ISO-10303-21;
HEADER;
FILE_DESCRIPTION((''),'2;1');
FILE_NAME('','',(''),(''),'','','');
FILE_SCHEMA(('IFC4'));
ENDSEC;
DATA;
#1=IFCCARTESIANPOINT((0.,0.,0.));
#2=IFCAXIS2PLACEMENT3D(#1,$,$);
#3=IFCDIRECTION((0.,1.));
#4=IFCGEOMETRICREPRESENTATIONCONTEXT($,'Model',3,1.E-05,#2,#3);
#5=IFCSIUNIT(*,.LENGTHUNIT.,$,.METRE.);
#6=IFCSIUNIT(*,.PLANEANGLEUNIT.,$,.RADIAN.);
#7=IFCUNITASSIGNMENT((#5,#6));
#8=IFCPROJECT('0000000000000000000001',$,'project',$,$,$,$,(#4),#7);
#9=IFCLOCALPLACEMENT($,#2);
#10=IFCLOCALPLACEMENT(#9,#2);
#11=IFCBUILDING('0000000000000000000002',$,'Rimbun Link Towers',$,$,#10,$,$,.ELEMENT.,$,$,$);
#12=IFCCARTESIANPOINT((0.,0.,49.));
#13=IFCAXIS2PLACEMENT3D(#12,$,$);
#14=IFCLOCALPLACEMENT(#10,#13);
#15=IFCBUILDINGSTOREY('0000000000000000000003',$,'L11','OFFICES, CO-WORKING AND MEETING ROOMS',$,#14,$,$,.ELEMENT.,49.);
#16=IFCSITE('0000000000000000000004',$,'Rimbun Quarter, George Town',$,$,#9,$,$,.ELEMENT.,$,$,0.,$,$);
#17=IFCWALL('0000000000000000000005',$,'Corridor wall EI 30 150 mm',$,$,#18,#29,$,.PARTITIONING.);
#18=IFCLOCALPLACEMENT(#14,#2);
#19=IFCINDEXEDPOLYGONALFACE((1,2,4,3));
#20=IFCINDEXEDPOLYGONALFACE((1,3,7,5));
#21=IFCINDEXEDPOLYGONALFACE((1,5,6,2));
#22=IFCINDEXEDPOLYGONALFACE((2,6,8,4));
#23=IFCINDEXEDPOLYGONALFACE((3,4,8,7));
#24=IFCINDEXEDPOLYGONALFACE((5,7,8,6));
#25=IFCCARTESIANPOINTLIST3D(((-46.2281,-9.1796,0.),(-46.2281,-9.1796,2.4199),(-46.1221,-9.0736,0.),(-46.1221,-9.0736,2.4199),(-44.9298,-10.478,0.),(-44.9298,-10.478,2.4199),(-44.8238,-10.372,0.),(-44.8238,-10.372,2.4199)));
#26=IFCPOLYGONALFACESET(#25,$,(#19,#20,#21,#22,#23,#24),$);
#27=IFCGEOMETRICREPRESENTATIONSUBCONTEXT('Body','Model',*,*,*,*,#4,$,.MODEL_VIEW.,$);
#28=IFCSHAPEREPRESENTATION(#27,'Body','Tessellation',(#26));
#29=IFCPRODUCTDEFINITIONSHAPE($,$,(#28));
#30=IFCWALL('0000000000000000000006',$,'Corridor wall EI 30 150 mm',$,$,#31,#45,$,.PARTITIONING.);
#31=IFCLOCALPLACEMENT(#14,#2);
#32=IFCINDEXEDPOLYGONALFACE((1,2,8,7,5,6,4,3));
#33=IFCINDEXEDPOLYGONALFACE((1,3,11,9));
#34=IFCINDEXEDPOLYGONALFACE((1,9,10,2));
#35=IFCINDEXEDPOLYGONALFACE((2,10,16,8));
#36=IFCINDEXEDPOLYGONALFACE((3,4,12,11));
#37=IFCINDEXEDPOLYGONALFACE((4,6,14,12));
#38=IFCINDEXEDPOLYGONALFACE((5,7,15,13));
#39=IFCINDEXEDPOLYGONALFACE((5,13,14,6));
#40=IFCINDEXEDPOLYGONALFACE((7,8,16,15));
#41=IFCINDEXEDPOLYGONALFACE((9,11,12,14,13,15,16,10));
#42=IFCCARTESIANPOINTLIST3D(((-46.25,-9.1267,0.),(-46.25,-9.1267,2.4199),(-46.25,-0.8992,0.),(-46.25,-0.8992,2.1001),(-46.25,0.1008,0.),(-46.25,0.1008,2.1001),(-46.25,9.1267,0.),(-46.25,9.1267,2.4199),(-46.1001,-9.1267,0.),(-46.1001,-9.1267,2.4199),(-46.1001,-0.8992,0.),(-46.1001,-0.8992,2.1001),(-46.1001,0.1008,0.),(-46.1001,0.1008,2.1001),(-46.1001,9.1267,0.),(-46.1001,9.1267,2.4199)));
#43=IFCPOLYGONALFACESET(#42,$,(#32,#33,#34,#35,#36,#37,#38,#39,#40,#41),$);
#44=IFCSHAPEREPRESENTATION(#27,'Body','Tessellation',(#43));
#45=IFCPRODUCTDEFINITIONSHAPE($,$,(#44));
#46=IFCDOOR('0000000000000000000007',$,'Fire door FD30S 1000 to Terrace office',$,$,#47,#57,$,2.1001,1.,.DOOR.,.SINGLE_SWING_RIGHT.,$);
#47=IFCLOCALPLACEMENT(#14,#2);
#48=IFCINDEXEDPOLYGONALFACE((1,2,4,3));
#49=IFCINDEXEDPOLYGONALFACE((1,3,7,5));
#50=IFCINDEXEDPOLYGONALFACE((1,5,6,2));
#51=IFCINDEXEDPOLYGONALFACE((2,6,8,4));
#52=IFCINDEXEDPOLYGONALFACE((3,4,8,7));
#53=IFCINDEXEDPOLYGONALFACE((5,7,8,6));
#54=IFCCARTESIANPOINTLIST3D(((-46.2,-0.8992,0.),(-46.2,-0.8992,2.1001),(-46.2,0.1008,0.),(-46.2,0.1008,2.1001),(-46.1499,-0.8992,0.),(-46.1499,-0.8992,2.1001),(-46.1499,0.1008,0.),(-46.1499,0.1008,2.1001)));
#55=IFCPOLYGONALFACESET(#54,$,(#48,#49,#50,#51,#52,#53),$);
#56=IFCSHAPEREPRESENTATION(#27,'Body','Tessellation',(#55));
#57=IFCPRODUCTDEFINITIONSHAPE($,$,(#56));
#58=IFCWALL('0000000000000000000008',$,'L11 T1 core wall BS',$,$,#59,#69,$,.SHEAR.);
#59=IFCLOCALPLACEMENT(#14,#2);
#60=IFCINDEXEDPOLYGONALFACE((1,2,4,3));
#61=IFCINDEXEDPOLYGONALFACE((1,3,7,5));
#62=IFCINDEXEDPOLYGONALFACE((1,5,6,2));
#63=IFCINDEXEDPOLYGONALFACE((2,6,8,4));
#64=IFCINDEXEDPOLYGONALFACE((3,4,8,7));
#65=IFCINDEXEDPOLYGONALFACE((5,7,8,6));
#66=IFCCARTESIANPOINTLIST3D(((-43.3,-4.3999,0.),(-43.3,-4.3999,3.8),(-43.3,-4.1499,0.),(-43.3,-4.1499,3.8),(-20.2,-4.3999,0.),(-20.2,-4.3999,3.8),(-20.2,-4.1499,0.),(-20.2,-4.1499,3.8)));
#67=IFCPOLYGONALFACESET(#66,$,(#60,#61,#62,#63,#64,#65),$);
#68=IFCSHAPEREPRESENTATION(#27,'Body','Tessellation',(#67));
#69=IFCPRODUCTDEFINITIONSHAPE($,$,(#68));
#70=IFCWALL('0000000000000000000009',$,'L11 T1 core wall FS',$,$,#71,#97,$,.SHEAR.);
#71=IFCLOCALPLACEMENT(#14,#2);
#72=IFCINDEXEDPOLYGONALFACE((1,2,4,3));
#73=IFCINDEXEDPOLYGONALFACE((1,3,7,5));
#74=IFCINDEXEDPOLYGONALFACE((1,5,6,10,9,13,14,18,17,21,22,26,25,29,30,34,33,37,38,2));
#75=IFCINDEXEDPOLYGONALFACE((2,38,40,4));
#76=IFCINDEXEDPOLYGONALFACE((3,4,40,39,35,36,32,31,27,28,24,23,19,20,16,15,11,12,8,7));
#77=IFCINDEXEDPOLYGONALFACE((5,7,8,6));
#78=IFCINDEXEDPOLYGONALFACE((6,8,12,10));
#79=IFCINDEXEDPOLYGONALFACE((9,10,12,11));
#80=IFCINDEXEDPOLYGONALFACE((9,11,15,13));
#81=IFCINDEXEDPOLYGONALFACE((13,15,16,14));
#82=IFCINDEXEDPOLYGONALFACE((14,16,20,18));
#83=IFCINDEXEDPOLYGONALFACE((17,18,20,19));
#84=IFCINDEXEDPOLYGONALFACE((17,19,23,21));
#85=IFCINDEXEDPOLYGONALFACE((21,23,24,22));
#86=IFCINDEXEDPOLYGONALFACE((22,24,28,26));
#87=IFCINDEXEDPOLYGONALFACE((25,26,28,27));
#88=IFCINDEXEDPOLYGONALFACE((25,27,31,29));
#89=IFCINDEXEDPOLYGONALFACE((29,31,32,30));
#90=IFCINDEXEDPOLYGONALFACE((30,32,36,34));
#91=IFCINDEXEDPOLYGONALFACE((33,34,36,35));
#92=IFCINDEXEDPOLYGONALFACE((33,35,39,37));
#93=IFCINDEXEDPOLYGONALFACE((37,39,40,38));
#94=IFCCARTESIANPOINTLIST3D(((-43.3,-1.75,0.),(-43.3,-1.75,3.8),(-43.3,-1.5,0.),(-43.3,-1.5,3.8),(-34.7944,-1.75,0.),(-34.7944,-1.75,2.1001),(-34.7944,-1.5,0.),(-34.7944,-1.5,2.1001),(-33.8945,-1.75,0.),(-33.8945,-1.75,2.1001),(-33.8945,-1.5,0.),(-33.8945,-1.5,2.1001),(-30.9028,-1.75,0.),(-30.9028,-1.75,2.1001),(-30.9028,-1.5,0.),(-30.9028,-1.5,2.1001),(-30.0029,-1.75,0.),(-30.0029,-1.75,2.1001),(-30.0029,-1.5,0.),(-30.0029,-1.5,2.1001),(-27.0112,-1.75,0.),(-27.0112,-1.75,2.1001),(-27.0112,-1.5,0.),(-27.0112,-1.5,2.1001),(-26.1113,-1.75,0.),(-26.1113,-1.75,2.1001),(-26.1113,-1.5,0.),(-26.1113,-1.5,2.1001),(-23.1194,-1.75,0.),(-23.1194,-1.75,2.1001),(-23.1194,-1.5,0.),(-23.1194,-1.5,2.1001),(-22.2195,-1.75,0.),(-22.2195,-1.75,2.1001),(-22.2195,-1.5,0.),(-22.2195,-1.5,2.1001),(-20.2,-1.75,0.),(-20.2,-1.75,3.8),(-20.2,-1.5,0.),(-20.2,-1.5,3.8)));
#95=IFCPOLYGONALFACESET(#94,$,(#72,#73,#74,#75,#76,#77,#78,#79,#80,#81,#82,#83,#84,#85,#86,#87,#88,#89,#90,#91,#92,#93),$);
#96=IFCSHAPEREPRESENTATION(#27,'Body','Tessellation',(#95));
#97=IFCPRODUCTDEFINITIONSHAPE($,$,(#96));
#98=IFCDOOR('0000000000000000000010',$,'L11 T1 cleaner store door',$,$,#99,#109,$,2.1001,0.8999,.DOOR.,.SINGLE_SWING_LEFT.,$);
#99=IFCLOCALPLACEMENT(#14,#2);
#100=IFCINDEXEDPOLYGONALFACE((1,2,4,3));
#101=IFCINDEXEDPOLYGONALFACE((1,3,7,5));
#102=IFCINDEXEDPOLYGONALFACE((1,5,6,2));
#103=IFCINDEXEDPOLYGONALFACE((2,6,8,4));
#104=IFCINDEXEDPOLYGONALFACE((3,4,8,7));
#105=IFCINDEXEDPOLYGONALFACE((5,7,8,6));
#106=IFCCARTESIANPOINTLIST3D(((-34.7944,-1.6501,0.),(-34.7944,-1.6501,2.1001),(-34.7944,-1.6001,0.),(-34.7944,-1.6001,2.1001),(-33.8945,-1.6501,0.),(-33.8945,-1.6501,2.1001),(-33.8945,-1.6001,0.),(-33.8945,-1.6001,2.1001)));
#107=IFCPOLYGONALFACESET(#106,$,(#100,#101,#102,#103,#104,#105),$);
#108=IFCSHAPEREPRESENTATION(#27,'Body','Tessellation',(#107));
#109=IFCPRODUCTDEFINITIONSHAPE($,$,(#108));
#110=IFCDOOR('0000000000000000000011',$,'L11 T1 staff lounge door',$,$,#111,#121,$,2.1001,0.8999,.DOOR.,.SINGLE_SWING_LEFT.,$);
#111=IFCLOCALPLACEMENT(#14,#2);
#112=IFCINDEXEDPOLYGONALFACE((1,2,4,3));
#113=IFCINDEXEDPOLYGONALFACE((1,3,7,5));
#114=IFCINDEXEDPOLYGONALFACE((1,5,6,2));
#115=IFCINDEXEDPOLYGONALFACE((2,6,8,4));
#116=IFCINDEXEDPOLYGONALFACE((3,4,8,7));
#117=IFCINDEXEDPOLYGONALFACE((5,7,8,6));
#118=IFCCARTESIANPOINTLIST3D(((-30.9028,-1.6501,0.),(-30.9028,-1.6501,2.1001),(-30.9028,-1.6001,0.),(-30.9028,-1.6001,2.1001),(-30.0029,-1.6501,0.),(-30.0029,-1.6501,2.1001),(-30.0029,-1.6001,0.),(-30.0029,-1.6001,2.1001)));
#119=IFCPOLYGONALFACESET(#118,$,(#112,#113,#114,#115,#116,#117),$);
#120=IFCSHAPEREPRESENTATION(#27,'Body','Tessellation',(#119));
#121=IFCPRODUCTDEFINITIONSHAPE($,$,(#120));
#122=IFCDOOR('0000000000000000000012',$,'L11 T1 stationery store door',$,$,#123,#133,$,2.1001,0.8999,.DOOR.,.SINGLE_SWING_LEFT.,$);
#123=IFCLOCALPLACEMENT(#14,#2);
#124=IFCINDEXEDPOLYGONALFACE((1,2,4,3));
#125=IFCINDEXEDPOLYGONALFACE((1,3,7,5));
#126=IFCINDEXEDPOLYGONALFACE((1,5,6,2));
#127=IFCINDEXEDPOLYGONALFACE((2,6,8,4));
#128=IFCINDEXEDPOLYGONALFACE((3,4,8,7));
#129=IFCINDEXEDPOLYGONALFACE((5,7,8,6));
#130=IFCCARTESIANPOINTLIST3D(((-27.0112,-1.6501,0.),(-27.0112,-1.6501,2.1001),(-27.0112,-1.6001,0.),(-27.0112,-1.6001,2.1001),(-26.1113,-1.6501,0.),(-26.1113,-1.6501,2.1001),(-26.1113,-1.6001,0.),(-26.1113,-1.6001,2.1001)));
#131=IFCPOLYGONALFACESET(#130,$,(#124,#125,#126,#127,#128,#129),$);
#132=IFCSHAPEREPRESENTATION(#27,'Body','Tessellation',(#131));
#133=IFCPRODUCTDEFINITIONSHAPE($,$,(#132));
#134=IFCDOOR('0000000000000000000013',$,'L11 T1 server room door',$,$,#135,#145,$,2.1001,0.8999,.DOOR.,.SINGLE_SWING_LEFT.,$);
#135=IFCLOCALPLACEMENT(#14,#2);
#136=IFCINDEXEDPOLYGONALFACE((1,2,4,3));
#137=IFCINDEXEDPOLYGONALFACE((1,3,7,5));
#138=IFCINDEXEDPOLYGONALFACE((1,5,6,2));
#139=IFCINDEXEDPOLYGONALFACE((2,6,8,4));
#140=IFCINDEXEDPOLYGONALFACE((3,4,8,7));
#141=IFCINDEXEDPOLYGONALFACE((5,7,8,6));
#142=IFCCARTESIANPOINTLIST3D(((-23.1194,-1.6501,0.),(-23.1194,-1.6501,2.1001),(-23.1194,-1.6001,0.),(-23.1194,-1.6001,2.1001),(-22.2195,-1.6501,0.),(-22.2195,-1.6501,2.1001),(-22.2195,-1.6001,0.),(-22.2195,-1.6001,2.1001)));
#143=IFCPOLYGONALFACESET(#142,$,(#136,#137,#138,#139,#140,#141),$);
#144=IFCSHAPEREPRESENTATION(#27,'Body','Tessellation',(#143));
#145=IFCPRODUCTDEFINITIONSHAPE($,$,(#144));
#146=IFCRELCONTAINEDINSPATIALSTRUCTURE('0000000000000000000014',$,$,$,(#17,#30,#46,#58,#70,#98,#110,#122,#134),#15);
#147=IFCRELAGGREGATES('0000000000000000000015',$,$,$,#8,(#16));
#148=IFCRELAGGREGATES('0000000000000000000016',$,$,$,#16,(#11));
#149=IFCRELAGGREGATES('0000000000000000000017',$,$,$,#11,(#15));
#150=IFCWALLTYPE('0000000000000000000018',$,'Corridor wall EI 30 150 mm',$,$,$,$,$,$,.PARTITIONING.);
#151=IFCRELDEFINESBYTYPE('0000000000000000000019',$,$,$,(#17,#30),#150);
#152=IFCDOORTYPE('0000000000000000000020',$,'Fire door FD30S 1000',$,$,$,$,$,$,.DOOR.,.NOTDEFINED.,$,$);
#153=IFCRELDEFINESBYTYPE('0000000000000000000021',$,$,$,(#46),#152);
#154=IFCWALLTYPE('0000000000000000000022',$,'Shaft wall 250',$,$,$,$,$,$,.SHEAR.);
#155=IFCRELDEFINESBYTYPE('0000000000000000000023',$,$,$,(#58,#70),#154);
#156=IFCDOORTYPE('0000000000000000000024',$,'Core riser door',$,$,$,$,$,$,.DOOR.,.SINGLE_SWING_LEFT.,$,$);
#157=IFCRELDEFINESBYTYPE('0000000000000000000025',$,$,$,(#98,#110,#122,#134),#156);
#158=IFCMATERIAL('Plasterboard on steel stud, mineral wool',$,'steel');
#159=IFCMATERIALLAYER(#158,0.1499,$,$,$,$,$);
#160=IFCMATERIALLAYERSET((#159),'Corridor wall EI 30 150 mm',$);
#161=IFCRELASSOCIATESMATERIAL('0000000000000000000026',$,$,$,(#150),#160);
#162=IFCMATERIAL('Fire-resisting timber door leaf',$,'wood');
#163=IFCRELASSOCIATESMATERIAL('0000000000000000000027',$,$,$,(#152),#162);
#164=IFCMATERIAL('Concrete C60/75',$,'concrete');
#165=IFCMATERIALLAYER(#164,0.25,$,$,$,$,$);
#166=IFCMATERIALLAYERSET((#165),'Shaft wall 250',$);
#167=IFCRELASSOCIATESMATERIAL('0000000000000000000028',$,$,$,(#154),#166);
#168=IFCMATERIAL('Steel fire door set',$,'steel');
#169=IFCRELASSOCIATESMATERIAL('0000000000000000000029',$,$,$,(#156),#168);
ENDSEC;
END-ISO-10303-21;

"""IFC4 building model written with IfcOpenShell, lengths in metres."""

from ifc_helpers import new_model, si_unit, direction, frame, frame_2d, origin, place, context, subcontext, project, spatial, rectangle, extrude, material, layer, layer_set, type_object, element, fill, save


model = new_model("IFC4")

# Units and contexts
model_context = context("Model", 3, precision=1e-05, world=origin(), true_north=direction((0.0, 1.0)))
body_context = subcontext(model_context, "Body", "Model", "MODEL_VIEW")
ifc_project = project(units=[si_unit("LENGTHUNIT", "METRE"), si_unit("PLANEANGLEUNIT", "RADIAN")], contexts=[model_context])

# Site, building, storey
site_placement = place(None, origin())
site = spatial("IfcSite", under=ifc_project, at=site_placement, Name="Rimbun Quarter, George Town", CompositionType="ELEMENT", RefElevation=0.0)
building_placement = place(site_placement, origin())
building = spatial("IfcBuilding", under=site, at=building_placement, Name="Rimbun Link Towers", CompositionType="ELEMENT")
storey_placement = place(building_placement, frame((0.0, 0.0, 49.0)))
storey = spatial("IfcBuildingStorey", under=building, at=storey_placement, Name="L11", Description="OFFICES, CO-WORKING AND MEETING ROOMS", CompositionType="ELEMENT", Elevation=49.0)

# Wall
ifc_material_1 = material(Name="Plasterboard on steel stud, mineral wool", Category="steel")
ifc_layer_1 = layer(ifc_material_1, 0.1499)
ifc_layer_set_1 = layer_set([ifc_layer_1], Name="Corridor wall EI 30 150 mm")
wall_type_1 = type_object("IfcWallType", Name="Corridor wall EI 30 150 mm", PredefinedType="PARTITIONING", material=ifc_layer_set_1)
wall_1_placement = place(storey_placement, frame((-46.175, -9.1267, 0.0), z_axis=(0.0, 0.0, 1.0), x_axis=(0.707107, -0.707107, 0.0)))
element("IfcWall", 1, at=wall_1_placement, inside=storey, type_object=wall_type_1, Name="Corridor wall EI 30 150 mm", PredefinedType="PARTITIONING", context=body_context, shape_type="SweptSolid", body=[
    extrude(rectangle(XDim=1.8362, YDim=0.1499, at=frame_2d((0.918, 0.0))), origin(), (0.0, 0.0, 1.0), 2.4199),
])

# Wall, opening, door
wall_2_placement = place(storey_placement, frame((-46.175, -9.1267, 0.0), z_axis=(0.0, 0.0, 1.0), x_axis=(0.0, 1.0, 0.0)))
wall_2 = element("IfcWall", 2, at=wall_2_placement, inside=storey, type_object=wall_type_1, Name="Corridor wall EI 30 150 mm", PredefinedType="PARTITIONING", context=body_context, shape_type="SweptSolid", body=[
    extrude(rectangle(XDim=18.2534, YDim=0.1499, at=frame_2d((9.1267, 0.0))), origin(), (0.0, 0.0, 1.0), 2.4199),
])
opening_1_placement = place(wall_2_placement, frame((8.2275, 0.0, 0.0)))
opening_1 = element("IfcOpeningElement", 3, at=opening_1_placement, cuts=wall_2, PredefinedType="OPENING", context=body_context, shape_type="SweptSolid", body=[
    extrude(rectangle(XDim=1.0, YDim=2.1001, at=frame_2d((0.5, 1.05))), frame((0.0, 0.085, 0.0), z_axis=(0.0, -1.0, 0.0), x_axis=(1.0, 0.0, 0.0)), (0.0, 0.0, 1.0), 0.1699),
])
ifc_material_2 = material(Name="Fire-resisting timber door leaf", Category="wood")
door_type_1 = type_object("IfcDoorType", Name="Fire door FD30S 1000", OperationType="NOTDEFINED", PredefinedType="DOOR", material=ifc_material_2)
door_1_placement = place(opening_1_placement, origin())
door_1 = element("IfcDoor", 4, at=door_1_placement, inside=storey, type_object=door_type_1, Name="Fire door FD30S 1000 to Terrace office", OperationType="SINGLE_SWING_RIGHT", OverallHeight=2.1001, OverallWidth=1.0, PredefinedType="DOOR", context=body_context, shape_type="SweptSolid", body=[
    extrude(rectangle(XDim=1.0, YDim=2.1001, at=frame_2d((0.5, 1.05))), frame((0.0, 0.0249, 0.0), z_axis=(0.0, -1.0, 0.0), x_axis=(1.0, 0.0, 0.0)), (0.0, 0.0, 1.0), 0.05),
])
fill(opening_1, door_1)

# Wall
ifc_material_3 = material(Name="Concrete C60/75", Category="concrete")
ifc_layer_2 = layer(ifc_material_3, 0.25)
ifc_layer_set_2 = layer_set([ifc_layer_2], Name="Shaft wall 250")
wall_type_2 = type_object("IfcWallType", Name="Shaft wall 250", PredefinedType="SHEAR", material=ifc_layer_set_2)
wall_3_placement = place(storey_placement, frame((-43.3, -4.2749, 0.0), z_axis=(0.0, 0.0, 1.0), x_axis=(1.0, 0.0, 0.0)))
element("IfcWall", 5, at=wall_3_placement, inside=storey, type_object=wall_type_2, Name="L11 T1 core wall BS", PredefinedType="SHEAR", context=body_context, shape_type="SweptSolid", body=[
    extrude(rectangle(XDim=23.1001, YDim=0.25, at=frame_2d((11.55, 0.0))), origin(), (0.0, 0.0, 1.0), 3.8),
])

# Wall, openings, doors
wall_4_placement = place(storey_placement, frame((-43.3, -1.625, 0.0), z_axis=(0.0, 0.0, 1.0), x_axis=(1.0, 0.0, 0.0)))
wall_4 = element("IfcWall", 6, at=wall_4_placement, inside=storey, type_object=wall_type_2, Name="L11 T1 core wall FS", PredefinedType="SHEAR", context=body_context, shape_type="SweptSolid", body=[
    extrude(rectangle(XDim=23.1001, YDim=0.25, at=frame_2d((11.55, 0.0))), origin(), (0.0, 0.0, 1.0), 3.8),
])
opening_2_placement = place(wall_4_placement, frame((8.5056, 0.0, 0.0)))
opening_2 = element("IfcOpeningElement", 7, at=opening_2_placement, cuts=wall_4, PredefinedType="OPENING", context=body_context, shape_type="SweptSolid", body=[
    extrude(rectangle(XDim=0.8999, YDim=2.1001, at=frame_2d((0.45, 1.05))), frame((0.0, 0.135, 0.0), z_axis=(0.0, -1.0, 0.0), x_axis=(1.0, 0.0, 0.0)), (0.0, 0.0, 1.0), 0.27),
])
opening_3_placement = place(wall_4_placement, frame((12.3972, 0.0, 0.0)))
opening_3 = element("IfcOpeningElement", 8, at=opening_3_placement, cuts=wall_4, PredefinedType="OPENING", context=body_context, shape_type="SweptSolid", body=[
    extrude(rectangle(XDim=0.8999, YDim=2.1001, at=frame_2d((0.45, 1.05))), frame((0.0, 0.135, 0.0), z_axis=(0.0, -1.0, 0.0), x_axis=(1.0, 0.0, 0.0)), (0.0, 0.0, 1.0), 0.27),
])
opening_4_placement = place(wall_4_placement, frame((16.2888, 0.0, 0.0)))
opening_4 = element("IfcOpeningElement", 9, at=opening_4_placement, cuts=wall_4, PredefinedType="OPENING", context=body_context, shape_type="SweptSolid", body=[
    extrude(rectangle(XDim=0.8999, YDim=2.1001, at=frame_2d((0.45, 1.05))), frame((0.0, 0.135, 0.0), z_axis=(0.0, -1.0, 0.0), x_axis=(1.0, 0.0, 0.0)), (0.0, 0.0, 1.0), 0.27),
])
opening_5_placement = place(wall_4_placement, frame((20.1807, 0.0, 0.0)))
opening_5 = element("IfcOpeningElement", 10, at=opening_5_placement, cuts=wall_4, PredefinedType="OPENING", context=body_context, shape_type="SweptSolid", body=[
    extrude(rectangle(XDim=0.8999, YDim=2.1001, at=frame_2d((0.45, 1.05))), frame((0.0, 0.135, 0.0), z_axis=(0.0, -1.0, 0.0), x_axis=(1.0, 0.0, 0.0)), (0.0, 0.0, 1.0), 0.27),
])
ifc_material_4 = material(Name="Steel fire door set", Category="steel")
door_type_2 = type_object("IfcDoorType", Name="Core riser door", OperationType="SINGLE_SWING_LEFT", PredefinedType="DOOR", material=ifc_material_4)
door_2_placement = place(opening_2_placement, origin())
door_2 = element("IfcDoor", 11, at=door_2_placement, inside=storey, type_object=door_type_2, Name="L11 T1 cleaner store door", OperationType="SINGLE_SWING_LEFT", OverallHeight=2.1001, OverallWidth=0.8999, PredefinedType="DOOR", context=body_context, shape_type="SweptSolid", body=[
    extrude(rectangle(XDim=0.8999, YDim=2.1001, at=frame_2d((0.45, 1.05))), frame((0.0, 0.0249, 0.0), z_axis=(0.0, -1.0, 0.0), x_axis=(1.0, 0.0, 0.0)), (0.0, 0.0, 1.0), 0.05),
])
fill(opening_2, door_2)
door_3_placement = place(opening_3_placement, origin())
door_3 = element("IfcDoor", 12, at=door_3_placement, inside=storey, type_object=door_type_2, Name="L11 T1 staff lounge door", OperationType="SINGLE_SWING_LEFT", OverallHeight=2.1001, OverallWidth=0.8999, PredefinedType="DOOR", context=body_context, shape_type="SweptSolid", body=[
    extrude(rectangle(XDim=0.8999, YDim=2.1001, at=frame_2d((0.45, 1.05))), frame((0.0, 0.0249, 0.0), z_axis=(0.0, -1.0, 0.0), x_axis=(1.0, 0.0, 0.0)), (0.0, 0.0, 1.0), 0.05),
])
fill(opening_3, door_3)
door_4_placement = place(opening_4_placement, origin())
door_4 = element("IfcDoor", 13, at=door_4_placement, inside=storey, type_object=door_type_2, Name="L11 T1 stationery store door", OperationType="SINGLE_SWING_LEFT", OverallHeight=2.1001, OverallWidth=0.8999, PredefinedType="DOOR", context=body_context, shape_type="SweptSolid", body=[
    extrude(rectangle(XDim=0.8999, YDim=2.1001, at=frame_2d((0.45, 1.05))), frame((0.0, 0.0249, 0.0), z_axis=(0.0, -1.0, 0.0), x_axis=(1.0, 0.0, 0.0)), (0.0, 0.0, 1.0), 0.05),
])
fill(opening_4, door_4)
door_5_placement = place(opening_5_placement, origin())
door_5 = element("IfcDoor", 14, at=door_5_placement, inside=storey, type_object=door_type_2, Name="L11 T1 server room door", OperationType="SINGLE_SWING_LEFT", OverallHeight=2.1001, OverallWidth=0.8999, PredefinedType="DOOR", context=body_context, shape_type="SweptSolid", body=[
    extrude(rectangle(XDim=0.8999, YDim=2.1001, at=frame_2d((0.45, 1.05))), frame((0.0, 0.0249, 0.0), z_axis=(0.0, -1.0, 0.0), x_axis=(1.0, 0.0, 0.0)), (0.0, 0.0, 1.0), 0.05),
])
fill(opening_5, door_5)

save(model, "model.ifc")
